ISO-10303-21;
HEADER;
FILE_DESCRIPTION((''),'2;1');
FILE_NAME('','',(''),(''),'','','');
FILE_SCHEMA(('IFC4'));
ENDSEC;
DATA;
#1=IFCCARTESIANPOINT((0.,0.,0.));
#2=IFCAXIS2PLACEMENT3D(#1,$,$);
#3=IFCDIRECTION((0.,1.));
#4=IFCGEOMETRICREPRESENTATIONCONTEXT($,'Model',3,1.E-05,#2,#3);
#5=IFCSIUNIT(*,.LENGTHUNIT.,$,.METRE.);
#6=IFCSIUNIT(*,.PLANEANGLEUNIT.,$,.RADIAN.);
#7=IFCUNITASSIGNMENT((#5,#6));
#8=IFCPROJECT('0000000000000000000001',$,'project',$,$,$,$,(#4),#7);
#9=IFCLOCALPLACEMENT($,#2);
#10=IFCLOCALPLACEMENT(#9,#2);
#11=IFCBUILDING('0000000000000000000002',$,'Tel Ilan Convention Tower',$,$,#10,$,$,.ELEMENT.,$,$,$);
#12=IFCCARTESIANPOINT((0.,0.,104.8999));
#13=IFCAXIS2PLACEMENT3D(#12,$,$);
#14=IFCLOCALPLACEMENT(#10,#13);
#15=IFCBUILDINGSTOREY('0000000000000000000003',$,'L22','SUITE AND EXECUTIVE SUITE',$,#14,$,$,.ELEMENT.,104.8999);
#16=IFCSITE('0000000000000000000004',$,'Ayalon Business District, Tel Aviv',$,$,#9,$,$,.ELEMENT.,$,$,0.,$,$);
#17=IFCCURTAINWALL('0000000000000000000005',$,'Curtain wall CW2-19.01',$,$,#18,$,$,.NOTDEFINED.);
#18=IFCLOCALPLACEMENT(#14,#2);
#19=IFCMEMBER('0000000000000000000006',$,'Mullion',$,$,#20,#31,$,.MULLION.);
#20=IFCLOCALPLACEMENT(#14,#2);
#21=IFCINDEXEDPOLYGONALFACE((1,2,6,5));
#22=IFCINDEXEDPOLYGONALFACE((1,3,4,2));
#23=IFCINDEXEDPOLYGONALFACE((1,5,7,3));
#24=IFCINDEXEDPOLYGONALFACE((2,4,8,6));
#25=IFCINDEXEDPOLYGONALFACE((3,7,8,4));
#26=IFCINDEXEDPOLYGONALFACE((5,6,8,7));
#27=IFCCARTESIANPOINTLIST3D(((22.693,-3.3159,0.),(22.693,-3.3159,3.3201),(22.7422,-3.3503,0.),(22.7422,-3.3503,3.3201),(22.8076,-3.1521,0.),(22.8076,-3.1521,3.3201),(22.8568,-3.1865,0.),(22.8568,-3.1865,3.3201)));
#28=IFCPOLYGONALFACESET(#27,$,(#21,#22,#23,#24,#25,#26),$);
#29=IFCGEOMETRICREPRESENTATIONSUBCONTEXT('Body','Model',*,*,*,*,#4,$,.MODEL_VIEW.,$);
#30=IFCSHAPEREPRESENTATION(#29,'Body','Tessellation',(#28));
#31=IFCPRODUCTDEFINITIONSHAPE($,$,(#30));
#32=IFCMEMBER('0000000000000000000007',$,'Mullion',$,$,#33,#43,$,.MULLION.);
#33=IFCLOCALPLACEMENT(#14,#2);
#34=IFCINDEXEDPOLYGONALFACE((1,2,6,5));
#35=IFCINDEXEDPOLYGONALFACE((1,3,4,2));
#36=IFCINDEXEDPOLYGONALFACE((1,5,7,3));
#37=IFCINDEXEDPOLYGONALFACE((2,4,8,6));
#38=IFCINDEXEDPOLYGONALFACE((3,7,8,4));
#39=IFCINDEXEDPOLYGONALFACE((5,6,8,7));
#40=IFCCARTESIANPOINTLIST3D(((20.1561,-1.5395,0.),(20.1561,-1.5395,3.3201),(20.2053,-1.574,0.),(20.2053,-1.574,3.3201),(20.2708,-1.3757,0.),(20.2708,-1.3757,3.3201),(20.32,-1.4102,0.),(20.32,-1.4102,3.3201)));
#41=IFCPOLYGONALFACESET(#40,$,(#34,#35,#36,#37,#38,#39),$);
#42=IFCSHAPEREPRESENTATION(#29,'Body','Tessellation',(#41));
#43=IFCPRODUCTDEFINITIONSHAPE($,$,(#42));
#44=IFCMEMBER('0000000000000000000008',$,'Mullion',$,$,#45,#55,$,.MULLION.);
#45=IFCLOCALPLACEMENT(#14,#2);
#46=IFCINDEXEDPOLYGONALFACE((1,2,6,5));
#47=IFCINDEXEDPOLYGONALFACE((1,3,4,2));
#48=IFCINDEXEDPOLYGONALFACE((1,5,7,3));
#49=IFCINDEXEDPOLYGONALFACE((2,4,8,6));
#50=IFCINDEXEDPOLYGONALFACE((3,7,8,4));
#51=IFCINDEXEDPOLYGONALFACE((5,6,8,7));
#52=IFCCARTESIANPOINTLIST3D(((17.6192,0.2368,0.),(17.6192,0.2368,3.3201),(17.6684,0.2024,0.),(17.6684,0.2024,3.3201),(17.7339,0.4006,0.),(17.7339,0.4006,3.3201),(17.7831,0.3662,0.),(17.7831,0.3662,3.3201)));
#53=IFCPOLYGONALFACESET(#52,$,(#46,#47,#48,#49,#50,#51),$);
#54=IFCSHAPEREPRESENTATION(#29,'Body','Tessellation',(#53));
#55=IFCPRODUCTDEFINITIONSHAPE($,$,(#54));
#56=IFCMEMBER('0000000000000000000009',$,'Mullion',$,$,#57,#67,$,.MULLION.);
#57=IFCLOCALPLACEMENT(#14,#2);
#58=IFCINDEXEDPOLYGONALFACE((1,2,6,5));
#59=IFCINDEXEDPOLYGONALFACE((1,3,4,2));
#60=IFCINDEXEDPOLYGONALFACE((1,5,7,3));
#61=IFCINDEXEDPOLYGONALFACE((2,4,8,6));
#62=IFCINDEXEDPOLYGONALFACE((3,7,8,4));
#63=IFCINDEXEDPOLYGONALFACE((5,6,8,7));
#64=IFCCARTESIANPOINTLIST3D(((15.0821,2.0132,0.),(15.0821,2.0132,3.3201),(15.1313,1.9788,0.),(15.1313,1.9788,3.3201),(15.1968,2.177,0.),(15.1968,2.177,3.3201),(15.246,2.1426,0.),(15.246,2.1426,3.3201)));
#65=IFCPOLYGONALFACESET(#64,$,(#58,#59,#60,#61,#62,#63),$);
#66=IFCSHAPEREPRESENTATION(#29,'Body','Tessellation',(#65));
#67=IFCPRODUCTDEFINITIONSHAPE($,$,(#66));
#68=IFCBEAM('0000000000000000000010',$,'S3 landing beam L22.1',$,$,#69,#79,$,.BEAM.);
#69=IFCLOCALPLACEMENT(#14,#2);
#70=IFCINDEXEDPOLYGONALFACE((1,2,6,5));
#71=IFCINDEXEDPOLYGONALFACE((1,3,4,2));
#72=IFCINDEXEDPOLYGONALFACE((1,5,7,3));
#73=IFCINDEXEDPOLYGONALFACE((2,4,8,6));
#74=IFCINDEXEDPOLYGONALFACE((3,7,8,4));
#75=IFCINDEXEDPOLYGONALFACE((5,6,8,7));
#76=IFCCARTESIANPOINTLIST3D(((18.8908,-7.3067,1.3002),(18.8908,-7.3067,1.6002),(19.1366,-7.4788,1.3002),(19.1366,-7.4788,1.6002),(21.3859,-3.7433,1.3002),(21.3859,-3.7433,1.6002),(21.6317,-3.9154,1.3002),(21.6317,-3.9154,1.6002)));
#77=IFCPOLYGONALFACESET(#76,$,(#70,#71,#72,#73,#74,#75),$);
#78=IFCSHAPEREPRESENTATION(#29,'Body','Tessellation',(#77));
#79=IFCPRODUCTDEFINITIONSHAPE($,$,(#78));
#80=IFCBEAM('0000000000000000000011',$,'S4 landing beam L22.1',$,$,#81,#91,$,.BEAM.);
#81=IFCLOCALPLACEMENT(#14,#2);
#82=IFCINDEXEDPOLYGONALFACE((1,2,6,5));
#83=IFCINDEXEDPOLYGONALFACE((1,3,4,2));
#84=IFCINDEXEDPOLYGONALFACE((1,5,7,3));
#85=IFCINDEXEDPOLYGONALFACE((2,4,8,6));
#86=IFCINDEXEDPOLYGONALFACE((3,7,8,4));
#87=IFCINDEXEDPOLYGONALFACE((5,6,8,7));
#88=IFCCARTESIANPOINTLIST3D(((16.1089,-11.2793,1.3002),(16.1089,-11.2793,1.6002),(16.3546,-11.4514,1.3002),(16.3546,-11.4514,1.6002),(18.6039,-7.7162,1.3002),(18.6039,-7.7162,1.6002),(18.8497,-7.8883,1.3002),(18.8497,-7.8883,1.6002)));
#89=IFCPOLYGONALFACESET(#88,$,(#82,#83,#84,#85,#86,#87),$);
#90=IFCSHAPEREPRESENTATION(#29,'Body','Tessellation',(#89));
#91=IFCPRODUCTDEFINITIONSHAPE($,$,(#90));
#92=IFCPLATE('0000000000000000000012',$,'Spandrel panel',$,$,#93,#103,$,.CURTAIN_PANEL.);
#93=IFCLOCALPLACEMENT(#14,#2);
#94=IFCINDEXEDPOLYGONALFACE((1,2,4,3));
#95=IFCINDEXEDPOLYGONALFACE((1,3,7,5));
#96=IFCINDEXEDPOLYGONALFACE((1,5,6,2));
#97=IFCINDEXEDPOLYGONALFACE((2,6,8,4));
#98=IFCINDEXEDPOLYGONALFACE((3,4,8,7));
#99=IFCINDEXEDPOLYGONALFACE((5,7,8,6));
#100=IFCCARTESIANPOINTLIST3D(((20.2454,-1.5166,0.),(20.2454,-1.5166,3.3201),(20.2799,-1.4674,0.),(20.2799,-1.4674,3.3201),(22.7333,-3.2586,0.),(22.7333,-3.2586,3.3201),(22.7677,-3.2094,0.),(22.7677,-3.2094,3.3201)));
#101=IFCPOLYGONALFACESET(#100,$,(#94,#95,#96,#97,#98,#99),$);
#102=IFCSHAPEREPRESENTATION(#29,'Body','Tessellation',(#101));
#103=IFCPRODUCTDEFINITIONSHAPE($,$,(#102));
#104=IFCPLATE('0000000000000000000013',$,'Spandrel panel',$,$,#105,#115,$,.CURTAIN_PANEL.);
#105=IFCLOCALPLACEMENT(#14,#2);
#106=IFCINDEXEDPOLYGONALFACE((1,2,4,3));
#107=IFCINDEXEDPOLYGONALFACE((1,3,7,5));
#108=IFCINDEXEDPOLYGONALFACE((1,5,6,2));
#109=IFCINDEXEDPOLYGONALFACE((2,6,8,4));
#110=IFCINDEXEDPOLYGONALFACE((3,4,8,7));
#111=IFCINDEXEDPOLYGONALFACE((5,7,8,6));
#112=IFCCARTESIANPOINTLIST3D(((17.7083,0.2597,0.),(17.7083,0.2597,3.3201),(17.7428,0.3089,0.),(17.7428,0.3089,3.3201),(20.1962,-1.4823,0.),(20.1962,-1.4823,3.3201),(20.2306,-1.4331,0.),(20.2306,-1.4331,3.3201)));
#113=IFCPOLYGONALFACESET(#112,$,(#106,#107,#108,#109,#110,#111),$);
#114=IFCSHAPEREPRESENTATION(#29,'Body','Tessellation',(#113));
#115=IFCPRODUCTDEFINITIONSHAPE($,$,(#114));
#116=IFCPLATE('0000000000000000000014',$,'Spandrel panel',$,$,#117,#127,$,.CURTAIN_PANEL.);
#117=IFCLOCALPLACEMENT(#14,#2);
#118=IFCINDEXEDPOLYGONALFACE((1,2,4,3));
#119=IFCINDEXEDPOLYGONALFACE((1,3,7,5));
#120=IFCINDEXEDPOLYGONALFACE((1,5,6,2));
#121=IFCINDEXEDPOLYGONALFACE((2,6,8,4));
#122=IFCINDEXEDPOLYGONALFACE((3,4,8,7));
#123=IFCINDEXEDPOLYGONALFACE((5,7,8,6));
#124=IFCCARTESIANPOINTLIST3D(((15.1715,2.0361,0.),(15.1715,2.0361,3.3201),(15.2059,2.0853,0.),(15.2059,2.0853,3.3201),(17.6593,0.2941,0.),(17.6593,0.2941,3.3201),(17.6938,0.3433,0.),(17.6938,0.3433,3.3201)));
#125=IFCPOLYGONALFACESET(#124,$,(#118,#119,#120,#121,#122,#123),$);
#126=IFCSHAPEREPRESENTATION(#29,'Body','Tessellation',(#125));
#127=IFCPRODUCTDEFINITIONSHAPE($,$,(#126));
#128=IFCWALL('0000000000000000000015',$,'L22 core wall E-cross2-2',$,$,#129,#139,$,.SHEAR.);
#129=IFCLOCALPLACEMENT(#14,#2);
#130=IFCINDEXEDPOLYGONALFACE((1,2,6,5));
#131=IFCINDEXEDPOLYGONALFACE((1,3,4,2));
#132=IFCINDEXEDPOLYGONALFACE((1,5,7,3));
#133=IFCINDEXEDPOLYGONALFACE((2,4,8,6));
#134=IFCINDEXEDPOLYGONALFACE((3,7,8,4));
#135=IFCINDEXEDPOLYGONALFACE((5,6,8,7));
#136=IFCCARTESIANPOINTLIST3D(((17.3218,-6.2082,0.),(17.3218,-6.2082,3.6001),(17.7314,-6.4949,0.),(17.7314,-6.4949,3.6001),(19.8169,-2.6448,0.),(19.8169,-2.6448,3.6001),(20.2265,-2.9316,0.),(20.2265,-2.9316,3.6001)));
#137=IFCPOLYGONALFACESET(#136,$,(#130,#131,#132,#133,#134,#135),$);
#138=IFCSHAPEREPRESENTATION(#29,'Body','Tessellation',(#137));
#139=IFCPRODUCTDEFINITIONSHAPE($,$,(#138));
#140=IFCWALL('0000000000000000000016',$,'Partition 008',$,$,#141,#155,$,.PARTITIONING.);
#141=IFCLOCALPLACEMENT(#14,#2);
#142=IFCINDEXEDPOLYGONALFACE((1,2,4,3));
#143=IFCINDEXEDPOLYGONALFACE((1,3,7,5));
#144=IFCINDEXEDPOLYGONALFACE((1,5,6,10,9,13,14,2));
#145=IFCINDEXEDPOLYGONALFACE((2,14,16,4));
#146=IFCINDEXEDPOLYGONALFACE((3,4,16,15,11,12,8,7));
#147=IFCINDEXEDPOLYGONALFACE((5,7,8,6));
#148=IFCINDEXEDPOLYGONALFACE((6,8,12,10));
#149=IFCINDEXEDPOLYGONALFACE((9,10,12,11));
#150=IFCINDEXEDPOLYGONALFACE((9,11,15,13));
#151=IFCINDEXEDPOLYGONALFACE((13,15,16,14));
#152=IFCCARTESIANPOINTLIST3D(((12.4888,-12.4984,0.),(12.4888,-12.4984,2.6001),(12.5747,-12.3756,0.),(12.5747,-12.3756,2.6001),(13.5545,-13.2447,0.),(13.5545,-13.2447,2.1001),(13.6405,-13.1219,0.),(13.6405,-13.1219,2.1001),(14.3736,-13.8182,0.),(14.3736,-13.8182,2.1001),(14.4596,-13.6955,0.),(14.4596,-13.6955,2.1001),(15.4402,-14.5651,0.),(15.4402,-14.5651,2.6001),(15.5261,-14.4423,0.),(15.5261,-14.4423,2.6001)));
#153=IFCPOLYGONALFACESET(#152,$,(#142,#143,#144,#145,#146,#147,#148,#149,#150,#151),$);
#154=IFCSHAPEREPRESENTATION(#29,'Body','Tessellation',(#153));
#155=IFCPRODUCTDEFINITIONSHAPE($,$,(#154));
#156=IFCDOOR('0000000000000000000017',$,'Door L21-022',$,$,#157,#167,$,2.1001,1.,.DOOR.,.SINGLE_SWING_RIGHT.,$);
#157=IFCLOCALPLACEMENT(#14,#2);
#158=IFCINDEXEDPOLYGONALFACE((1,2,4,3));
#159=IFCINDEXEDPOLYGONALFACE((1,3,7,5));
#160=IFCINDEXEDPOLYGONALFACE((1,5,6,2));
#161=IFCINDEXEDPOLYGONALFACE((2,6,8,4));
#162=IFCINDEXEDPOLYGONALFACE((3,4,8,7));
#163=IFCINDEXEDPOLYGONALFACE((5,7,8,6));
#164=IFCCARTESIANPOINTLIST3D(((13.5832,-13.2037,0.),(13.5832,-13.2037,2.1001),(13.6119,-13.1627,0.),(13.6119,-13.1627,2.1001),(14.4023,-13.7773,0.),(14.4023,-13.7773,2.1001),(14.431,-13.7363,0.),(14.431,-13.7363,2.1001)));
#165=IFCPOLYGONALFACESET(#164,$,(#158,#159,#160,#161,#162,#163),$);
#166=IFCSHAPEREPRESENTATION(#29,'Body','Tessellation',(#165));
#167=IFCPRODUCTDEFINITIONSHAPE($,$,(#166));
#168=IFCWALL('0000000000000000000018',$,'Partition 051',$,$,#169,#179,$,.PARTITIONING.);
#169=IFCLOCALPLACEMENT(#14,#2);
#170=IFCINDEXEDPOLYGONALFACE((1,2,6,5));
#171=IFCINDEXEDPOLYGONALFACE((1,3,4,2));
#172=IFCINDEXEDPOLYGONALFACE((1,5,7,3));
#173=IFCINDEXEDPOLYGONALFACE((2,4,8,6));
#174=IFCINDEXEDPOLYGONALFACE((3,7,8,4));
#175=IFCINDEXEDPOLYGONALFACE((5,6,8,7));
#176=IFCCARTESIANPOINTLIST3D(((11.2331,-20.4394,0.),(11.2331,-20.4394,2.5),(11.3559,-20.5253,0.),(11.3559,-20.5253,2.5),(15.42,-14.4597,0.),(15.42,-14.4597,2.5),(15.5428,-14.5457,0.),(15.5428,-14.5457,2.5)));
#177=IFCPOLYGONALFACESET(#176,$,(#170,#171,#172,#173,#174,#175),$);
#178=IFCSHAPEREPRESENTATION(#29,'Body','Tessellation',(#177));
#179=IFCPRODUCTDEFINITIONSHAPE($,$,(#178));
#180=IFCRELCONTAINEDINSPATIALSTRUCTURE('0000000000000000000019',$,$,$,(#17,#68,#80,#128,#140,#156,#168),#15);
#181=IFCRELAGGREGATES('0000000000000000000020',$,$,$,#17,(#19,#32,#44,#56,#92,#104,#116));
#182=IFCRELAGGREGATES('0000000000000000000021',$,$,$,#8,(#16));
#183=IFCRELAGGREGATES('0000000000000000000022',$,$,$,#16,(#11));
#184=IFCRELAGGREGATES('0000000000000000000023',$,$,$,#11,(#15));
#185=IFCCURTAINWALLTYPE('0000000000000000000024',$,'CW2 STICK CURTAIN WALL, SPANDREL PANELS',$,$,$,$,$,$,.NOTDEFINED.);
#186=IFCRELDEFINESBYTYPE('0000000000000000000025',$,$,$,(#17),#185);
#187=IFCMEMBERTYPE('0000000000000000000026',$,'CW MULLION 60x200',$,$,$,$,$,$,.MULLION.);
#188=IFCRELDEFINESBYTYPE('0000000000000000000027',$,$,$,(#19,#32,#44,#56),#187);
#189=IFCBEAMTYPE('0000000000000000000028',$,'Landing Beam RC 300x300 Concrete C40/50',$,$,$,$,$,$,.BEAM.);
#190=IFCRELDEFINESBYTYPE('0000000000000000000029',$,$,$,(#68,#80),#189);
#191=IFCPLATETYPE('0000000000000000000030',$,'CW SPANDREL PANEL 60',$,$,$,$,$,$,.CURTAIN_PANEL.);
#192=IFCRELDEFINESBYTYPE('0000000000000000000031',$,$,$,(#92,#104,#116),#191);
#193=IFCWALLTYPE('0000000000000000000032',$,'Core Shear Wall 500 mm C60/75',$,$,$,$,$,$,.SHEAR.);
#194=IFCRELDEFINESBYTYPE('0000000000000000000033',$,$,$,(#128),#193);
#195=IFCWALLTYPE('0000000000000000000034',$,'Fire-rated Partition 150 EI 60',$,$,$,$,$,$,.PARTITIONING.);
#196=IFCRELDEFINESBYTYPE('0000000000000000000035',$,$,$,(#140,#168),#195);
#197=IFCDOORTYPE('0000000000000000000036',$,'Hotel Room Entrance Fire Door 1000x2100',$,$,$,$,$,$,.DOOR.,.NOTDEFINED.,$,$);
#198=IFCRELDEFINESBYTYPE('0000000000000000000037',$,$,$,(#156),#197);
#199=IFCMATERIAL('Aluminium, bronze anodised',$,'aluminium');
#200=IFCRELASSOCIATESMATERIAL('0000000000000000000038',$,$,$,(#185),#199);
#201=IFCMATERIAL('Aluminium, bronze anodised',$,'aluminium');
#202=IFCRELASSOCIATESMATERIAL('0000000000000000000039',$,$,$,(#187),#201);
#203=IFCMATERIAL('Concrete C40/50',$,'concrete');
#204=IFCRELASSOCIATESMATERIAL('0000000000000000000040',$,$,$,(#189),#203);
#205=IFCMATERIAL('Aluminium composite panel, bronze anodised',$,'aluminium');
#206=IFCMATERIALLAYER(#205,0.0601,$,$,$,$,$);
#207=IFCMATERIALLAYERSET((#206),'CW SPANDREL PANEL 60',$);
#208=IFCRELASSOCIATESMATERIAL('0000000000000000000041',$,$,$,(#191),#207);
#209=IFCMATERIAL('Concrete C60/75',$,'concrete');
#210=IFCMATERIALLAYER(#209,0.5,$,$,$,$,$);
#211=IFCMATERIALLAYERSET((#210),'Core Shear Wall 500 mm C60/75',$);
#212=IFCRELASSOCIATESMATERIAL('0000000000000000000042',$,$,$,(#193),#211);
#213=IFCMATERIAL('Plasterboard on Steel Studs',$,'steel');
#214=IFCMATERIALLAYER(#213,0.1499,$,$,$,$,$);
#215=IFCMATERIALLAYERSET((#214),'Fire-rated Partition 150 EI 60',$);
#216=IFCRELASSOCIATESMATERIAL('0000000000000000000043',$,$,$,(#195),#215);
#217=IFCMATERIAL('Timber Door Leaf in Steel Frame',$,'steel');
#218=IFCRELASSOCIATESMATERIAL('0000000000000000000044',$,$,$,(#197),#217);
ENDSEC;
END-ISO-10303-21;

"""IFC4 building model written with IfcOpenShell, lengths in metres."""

from ifc_helpers import new_model, si_unit, direction, frame, frame_2d, origin, origin_2d, place, context, subcontext, project, spatial, polyline, rectangle, outline, extrude, material, layer, layer_set, material_profile, profile_set, type_object, element, fill, aggregate, save


model = new_model("IFC4")

# Units and contexts
model_context = context("Model", 3, precision=1e-05, world=origin(), true_north=direction((0.0, 1.0)))
body_context = subcontext(model_context, "Body", "Model", "MODEL_VIEW")
ifc_project = project(units=[si_unit("LENGTHUNIT", "METRE"), si_unit("PLANEANGLEUNIT", "RADIAN")], contexts=[model_context])

# Site, building, storey
site_placement = place(None, origin())
site = spatial("IfcSite", under=ifc_project, at=site_placement, Name="Ayalon Business District, Tel Aviv", CompositionType="ELEMENT", RefElevation=0.0)
building_placement = place(site_placement, origin())
building = spatial("IfcBuilding", under=site, at=building_placement, Name="Tel Ilan Convention Tower", CompositionType="ELEMENT")
storey_placement = place(building_placement, frame((0.0, 0.0, 104.8999)))
storey = spatial("IfcBuildingStorey", under=building, at=storey_placement, Name="L22", Description="SUITE AND EXECUTIVE SUITE", CompositionType="ELEMENT", Elevation=104.8999)

# Curtain wall, members
ifc_material_1 = material(Name="Aluminium, bronze anodised", Category="aluminium")
curtain_wall_type = type_object("IfcCurtainWallType", Name="CW2 STICK CURTAIN WALL, SPANDREL PANELS", PredefinedType="NOTDEFINED", material=ifc_material_1)
curtain_wall_placement = place(storey_placement, origin())
curtain_wall = element("IfcCurtainWall", 1, at=curtain_wall_placement, inside=storey, type_object=curtain_wall_type, Name="Curtain wall CW2-19.01", PredefinedType="NOTDEFINED")
ifc_material_2 = material(Name="Aluminium, bronze anodised", Category="aluminium")
ifc_material_profile_1 = material_profile(ifc_material_2, rectangle(XDim=0.0601, YDim=0.2, at=origin_2d()), Name="CW MULLION 60x200")
ifc_profile_set_1 = profile_set([ifc_material_profile_1], Name="Aluminium, bronze anodised")
member_type = type_object("IfcMemberType", Name="CW MULLION 60x200", PredefinedType="MULLION", material=ifc_profile_set_1)
member_1_placement = place(storey_placement, frame((22.7749, -3.2512, 0.0), z_axis=(0.0, 0.0, 1.0), x_axis=(-0.819152, 0.573576, 0.0)))
member_1 = element("IfcMember", 2, at=member_1_placement, type_object=member_type, Name="Mullion", PredefinedType="MULLION", context=body_context, shape_type="SweptSolid", body=[
    extrude(rectangle(XDim=0.0601, YDim=0.2, at=origin_2d()), origin(), (0.0, 0.0, 1.0), 3.3201),
])
member_2_placement = place(storey_placement, frame((20.238, -1.4749, 0.0), z_axis=(0.0, 0.0, 1.0), x_axis=(-0.819152, 0.573576, 0.0)))
member_2 = element("IfcMember", 3, at=member_2_placement, type_object=member_type, Name="Mullion", PredefinedType="MULLION", context=body_context, shape_type="SweptSolid", body=[
    extrude(rectangle(XDim=0.0601, YDim=0.2, at=origin_2d()), origin(), (0.0, 0.0, 1.0), 3.3201),
])
member_3_placement = place(storey_placement, frame((17.7012, 0.3015, 0.0), z_axis=(0.0, 0.0, 1.0), x_axis=(-0.819152, 0.573576, 0.0)))
member_3 = element("IfcMember", 4, at=member_3_placement, type_object=member_type, Name="Mullion", PredefinedType="MULLION", context=body_context, shape_type="SweptSolid", body=[
    extrude(rectangle(XDim=0.0601, YDim=0.2, at=origin_2d()), origin(), (0.0, 0.0, 1.0), 3.3201),
])
member_4_placement = place(storey_placement, frame((15.1641, 2.0779, 0.0), z_axis=(0.0, 0.0, 1.0), x_axis=(-0.819152, 0.573576, 0.0)))
member_4 = element("IfcMember", 5, at=member_4_placement, type_object=member_type, Name="Mullion", PredefinedType="MULLION", context=body_context, shape_type="SweptSolid", body=[
    extrude(rectangle(XDim=0.0601, YDim=0.2, at=origin_2d()), origin(), (0.0, 0.0, 1.0), 3.3201),
])

# Beams
ifc_material_3 = material(Name="Concrete C40/50", Category="concrete")
ifc_material_profile_2 = material_profile(ifc_material_3, rectangle(XDim=0.3, YDim=0.3, at=origin_2d()), Name="RC 300x300")
ifc_profile_set_2 = profile_set([ifc_material_profile_2], Name="Concrete C40/50")
beam_type = type_object("IfcBeamType", Name="Landing Beam RC 300x300 Concrete C40/50", PredefinedType="BEAM", material=ifc_profile_set_2)
beam_1_placement = place(storey_placement, frame((21.5088, -3.8293, 1.4502), z_axis=(-0.573568, -0.819158, 0.0), x_axis=(0.819158, -0.573568, 0.0)))
element("IfcBeam", 6, at=beam_1_placement, inside=storey, type_object=beam_type, Name="S3 landing beam L22.1", PredefinedType="BEAM", context=body_context, shape_type="SweptSolid", body=[
    extrude(rectangle(XDim=0.3, YDim=0.3, at=origin_2d()), origin(), (0.0, 0.0, 1.0), 4.3501),
])
beam_2_placement = place(storey_placement, frame((18.7268, -7.8022, 1.4502), z_axis=(-0.573594, -0.81914, 0.0), x_axis=(0.81914, -0.573594, 0.0)))
element("IfcBeam", 7, at=beam_2_placement, inside=storey, type_object=beam_type, Name="S4 landing beam L22.1", PredefinedType="BEAM", context=body_context, shape_type="SweptSolid", body=[
    extrude(rectangle(XDim=0.3, YDim=0.3, at=origin_2d()), origin(), (0.0, 0.0, 1.0), 4.3499),
])

# Plates
ifc_material_4 = material(Name="Aluminium composite panel, bronze anodised", Category="aluminium")
ifc_layer_1 = layer(ifc_material_4, 0.0601)
ifc_layer_set_1 = layer_set([ifc_layer_1], Name="CW SPANDREL PANEL 60")
plate_type = type_object("IfcPlateType", Name="CW SPANDREL PANEL 60", PredefinedType="CURTAIN_PANEL", material=ifc_layer_set_1)
plate_1_placement = place(storey_placement, frame((21.5066, -2.363, 0.0), z_axis=(0.0, 0.0, 1.0), x_axis=(-0.819152, 0.573576, 0.0)))
plate_1 = element("IfcPlate", 8, at=plate_1_placement, type_object=plate_type, Name="Spandrel panel", PredefinedType="CURTAIN_PANEL", context=body_context, shape_type="SweptSolid", body=[
    extrude(rectangle(XDim=3.0371, YDim=0.0601, at=origin_2d()), origin(), (0.0, 0.0, 1.0), 3.3201),
])
plate_2_placement = place(storey_placement, frame((18.9695, -0.5867, 0.0), z_axis=(0.0, 0.0, 1.0), x_axis=(-0.819152, 0.573576, 0.0)))
plate_2 = element("IfcPlate", 9, at=plate_2_placement, type_object=plate_type, Name="Spandrel panel", PredefinedType="CURTAIN_PANEL", context=body_context, shape_type="SweptSolid", body=[
    extrude(rectangle(XDim=3.0371, YDim=0.0601, at=origin_2d()), origin(), (0.0, 0.0, 1.0), 3.3201),
])
plate_3_placement = place(storey_placement, frame((16.4326, 1.1897, 0.0), z_axis=(0.0, 0.0, 1.0), x_axis=(-0.819152, 0.573576, 0.0)))
plate_3 = element("IfcPlate", 10, at=plate_3_placement, type_object=plate_type, Name="Spandrel panel", PredefinedType="CURTAIN_PANEL", context=body_context, shape_type="SweptSolid", body=[
    extrude(rectangle(XDim=3.0371, YDim=0.0601, at=origin_2d()), origin(), (0.0, 0.0, 1.0), 3.3201),
])
aggregate(curtain_wall, [member_1, member_2, member_3, member_4, plate_1, plate_2, plate_3])

# Wall
ifc_material_5 = material(Name="Concrete C60/75", Category="concrete")
ifc_layer_2 = layer(ifc_material_5, 0.5)
ifc_layer_set_2 = layer_set([ifc_layer_2], Name="Core Shear Wall 500 mm C60/75")
wall_type_1 = type_object("IfcWallType", Name="Core Shear Wall 500 mm C60/75", PredefinedType="SHEAR", material=ifc_layer_set_2)
wall_1_placement = place(storey_placement, frame((17.5266, -6.3516, 0.0), z_axis=(0.0, 0.0, 1.0), x_axis=(0.57353, 0.819184, 0.0)))
element("IfcWall", 11, at=wall_1_placement, inside=storey, type_object=wall_type_1, Name="L22 core wall E-cross2-2", PredefinedType="SHEAR", context=body_context, shape_type="SweptSolid", body=[
    extrude(outline(polyline([(4.3501, -0.2502), (4.3501, 0.2498), (0.0, 0.25), (0.0, -0.25), (4.3501, -0.2502)])), origin(), (0.0, 0.0, 1.0), 3.6001),
])

# Wall, opening, door
ifc_material_6 = material(Name="Plasterboard on Steel Studs", Category="steel")
ifc_layer_3 = layer(ifc_material_6, 0.1499)
ifc_layer_set_3 = layer_set([ifc_layer_3], Name="Fire-rated Partition 150 EI 60")
wall_type_2 = type_object("IfcWallType", Name="Fire-rated Partition 150 EI 60", PredefinedType="PARTITIONING", material=ifc_layer_set_3)
wall_2_placement = place(storey_placement, frame((15.4832, -14.5037, 0.0), z_axis=(0.0, 0.0, 1.0), x_axis=(-0.819146, 0.573585, 0.0)))
wall_2 = element("IfcWall", 12, at=wall_2_placement, inside=storey, type_object=wall_type_2, Name="Partition 008", PredefinedType="PARTITIONING", context=body_context, shape_type="SweptSolid", body=[
    extrude(rectangle(XDim=3.603, YDim=0.1499, at=frame_2d((1.8015, 0.0))), origin(), (0.0, 0.0, 1.0), 2.6001),
])
opening_placement = place(wall_2_placement, frame((1.302, 0.0, 0.0)))
opening = element("IfcOpeningElement", 13, at=opening_placement, cuts=wall_2, PredefinedType="OPENING", context=body_context, shape_type="SweptSolid", body=[
    extrude(rectangle(XDim=1.0, YDim=2.1001, at=frame_2d((0.5, 1.05))), frame((0.0, 0.085, 0.0), z_axis=(0.0, -1.0, 0.0), x_axis=(1.0, 0.0, 0.0)), (0.0, 0.0, 1.0), 0.1699),
])
ifc_material_7 = material(Name="Timber Door Leaf in Steel Frame", Category="steel")
door_type = type_object("IfcDoorType", Name="Hotel Room Entrance Fire Door 1000x2100", OperationType="NOTDEFINED", PredefinedType="DOOR", material=ifc_material_7)
door_placement = place(opening_placement, origin())
door = element("IfcDoor", 14, at=door_placement, inside=storey, type_object=door_type, Name="Door L21-022", OperationType="SINGLE_SWING_RIGHT", OverallHeight=2.1001, OverallWidth=1.0, PredefinedType="DOOR", context=body_context, shape_type="SweptSolid", body=[
    extrude(rectangle(XDim=1.0, YDim=2.1001, at=frame_2d((0.5, 1.05))), frame((0.0, 0.0249, 0.0), z_axis=(0.0, -1.0, 0.0), x_axis=(1.0, 0.0, 0.0)), (0.0, 0.0, 1.0), 0.05),
])
fill(opening, door)

# Wall
wall_3_placement = place(storey_placement, frame((15.4814, -14.5027, 0.0), z_axis=(0.0, 0.0, 1.0), x_axis=(-0.573572, -0.819155, 0.0)))
element("IfcWall", 15, at=wall_3_placement, inside=storey, type_object=wall_type_2, Name="Partition 051", PredefinedType="PARTITIONING", context=body_context, shape_type="SweptSolid", body=[
    extrude(rectangle(XDim=7.2998, YDim=0.1499, at=frame_2d((3.6499, 0.0))), origin(), (0.0, 0.0, 1.0), 2.5),
])

save(model, "model.ifc")
